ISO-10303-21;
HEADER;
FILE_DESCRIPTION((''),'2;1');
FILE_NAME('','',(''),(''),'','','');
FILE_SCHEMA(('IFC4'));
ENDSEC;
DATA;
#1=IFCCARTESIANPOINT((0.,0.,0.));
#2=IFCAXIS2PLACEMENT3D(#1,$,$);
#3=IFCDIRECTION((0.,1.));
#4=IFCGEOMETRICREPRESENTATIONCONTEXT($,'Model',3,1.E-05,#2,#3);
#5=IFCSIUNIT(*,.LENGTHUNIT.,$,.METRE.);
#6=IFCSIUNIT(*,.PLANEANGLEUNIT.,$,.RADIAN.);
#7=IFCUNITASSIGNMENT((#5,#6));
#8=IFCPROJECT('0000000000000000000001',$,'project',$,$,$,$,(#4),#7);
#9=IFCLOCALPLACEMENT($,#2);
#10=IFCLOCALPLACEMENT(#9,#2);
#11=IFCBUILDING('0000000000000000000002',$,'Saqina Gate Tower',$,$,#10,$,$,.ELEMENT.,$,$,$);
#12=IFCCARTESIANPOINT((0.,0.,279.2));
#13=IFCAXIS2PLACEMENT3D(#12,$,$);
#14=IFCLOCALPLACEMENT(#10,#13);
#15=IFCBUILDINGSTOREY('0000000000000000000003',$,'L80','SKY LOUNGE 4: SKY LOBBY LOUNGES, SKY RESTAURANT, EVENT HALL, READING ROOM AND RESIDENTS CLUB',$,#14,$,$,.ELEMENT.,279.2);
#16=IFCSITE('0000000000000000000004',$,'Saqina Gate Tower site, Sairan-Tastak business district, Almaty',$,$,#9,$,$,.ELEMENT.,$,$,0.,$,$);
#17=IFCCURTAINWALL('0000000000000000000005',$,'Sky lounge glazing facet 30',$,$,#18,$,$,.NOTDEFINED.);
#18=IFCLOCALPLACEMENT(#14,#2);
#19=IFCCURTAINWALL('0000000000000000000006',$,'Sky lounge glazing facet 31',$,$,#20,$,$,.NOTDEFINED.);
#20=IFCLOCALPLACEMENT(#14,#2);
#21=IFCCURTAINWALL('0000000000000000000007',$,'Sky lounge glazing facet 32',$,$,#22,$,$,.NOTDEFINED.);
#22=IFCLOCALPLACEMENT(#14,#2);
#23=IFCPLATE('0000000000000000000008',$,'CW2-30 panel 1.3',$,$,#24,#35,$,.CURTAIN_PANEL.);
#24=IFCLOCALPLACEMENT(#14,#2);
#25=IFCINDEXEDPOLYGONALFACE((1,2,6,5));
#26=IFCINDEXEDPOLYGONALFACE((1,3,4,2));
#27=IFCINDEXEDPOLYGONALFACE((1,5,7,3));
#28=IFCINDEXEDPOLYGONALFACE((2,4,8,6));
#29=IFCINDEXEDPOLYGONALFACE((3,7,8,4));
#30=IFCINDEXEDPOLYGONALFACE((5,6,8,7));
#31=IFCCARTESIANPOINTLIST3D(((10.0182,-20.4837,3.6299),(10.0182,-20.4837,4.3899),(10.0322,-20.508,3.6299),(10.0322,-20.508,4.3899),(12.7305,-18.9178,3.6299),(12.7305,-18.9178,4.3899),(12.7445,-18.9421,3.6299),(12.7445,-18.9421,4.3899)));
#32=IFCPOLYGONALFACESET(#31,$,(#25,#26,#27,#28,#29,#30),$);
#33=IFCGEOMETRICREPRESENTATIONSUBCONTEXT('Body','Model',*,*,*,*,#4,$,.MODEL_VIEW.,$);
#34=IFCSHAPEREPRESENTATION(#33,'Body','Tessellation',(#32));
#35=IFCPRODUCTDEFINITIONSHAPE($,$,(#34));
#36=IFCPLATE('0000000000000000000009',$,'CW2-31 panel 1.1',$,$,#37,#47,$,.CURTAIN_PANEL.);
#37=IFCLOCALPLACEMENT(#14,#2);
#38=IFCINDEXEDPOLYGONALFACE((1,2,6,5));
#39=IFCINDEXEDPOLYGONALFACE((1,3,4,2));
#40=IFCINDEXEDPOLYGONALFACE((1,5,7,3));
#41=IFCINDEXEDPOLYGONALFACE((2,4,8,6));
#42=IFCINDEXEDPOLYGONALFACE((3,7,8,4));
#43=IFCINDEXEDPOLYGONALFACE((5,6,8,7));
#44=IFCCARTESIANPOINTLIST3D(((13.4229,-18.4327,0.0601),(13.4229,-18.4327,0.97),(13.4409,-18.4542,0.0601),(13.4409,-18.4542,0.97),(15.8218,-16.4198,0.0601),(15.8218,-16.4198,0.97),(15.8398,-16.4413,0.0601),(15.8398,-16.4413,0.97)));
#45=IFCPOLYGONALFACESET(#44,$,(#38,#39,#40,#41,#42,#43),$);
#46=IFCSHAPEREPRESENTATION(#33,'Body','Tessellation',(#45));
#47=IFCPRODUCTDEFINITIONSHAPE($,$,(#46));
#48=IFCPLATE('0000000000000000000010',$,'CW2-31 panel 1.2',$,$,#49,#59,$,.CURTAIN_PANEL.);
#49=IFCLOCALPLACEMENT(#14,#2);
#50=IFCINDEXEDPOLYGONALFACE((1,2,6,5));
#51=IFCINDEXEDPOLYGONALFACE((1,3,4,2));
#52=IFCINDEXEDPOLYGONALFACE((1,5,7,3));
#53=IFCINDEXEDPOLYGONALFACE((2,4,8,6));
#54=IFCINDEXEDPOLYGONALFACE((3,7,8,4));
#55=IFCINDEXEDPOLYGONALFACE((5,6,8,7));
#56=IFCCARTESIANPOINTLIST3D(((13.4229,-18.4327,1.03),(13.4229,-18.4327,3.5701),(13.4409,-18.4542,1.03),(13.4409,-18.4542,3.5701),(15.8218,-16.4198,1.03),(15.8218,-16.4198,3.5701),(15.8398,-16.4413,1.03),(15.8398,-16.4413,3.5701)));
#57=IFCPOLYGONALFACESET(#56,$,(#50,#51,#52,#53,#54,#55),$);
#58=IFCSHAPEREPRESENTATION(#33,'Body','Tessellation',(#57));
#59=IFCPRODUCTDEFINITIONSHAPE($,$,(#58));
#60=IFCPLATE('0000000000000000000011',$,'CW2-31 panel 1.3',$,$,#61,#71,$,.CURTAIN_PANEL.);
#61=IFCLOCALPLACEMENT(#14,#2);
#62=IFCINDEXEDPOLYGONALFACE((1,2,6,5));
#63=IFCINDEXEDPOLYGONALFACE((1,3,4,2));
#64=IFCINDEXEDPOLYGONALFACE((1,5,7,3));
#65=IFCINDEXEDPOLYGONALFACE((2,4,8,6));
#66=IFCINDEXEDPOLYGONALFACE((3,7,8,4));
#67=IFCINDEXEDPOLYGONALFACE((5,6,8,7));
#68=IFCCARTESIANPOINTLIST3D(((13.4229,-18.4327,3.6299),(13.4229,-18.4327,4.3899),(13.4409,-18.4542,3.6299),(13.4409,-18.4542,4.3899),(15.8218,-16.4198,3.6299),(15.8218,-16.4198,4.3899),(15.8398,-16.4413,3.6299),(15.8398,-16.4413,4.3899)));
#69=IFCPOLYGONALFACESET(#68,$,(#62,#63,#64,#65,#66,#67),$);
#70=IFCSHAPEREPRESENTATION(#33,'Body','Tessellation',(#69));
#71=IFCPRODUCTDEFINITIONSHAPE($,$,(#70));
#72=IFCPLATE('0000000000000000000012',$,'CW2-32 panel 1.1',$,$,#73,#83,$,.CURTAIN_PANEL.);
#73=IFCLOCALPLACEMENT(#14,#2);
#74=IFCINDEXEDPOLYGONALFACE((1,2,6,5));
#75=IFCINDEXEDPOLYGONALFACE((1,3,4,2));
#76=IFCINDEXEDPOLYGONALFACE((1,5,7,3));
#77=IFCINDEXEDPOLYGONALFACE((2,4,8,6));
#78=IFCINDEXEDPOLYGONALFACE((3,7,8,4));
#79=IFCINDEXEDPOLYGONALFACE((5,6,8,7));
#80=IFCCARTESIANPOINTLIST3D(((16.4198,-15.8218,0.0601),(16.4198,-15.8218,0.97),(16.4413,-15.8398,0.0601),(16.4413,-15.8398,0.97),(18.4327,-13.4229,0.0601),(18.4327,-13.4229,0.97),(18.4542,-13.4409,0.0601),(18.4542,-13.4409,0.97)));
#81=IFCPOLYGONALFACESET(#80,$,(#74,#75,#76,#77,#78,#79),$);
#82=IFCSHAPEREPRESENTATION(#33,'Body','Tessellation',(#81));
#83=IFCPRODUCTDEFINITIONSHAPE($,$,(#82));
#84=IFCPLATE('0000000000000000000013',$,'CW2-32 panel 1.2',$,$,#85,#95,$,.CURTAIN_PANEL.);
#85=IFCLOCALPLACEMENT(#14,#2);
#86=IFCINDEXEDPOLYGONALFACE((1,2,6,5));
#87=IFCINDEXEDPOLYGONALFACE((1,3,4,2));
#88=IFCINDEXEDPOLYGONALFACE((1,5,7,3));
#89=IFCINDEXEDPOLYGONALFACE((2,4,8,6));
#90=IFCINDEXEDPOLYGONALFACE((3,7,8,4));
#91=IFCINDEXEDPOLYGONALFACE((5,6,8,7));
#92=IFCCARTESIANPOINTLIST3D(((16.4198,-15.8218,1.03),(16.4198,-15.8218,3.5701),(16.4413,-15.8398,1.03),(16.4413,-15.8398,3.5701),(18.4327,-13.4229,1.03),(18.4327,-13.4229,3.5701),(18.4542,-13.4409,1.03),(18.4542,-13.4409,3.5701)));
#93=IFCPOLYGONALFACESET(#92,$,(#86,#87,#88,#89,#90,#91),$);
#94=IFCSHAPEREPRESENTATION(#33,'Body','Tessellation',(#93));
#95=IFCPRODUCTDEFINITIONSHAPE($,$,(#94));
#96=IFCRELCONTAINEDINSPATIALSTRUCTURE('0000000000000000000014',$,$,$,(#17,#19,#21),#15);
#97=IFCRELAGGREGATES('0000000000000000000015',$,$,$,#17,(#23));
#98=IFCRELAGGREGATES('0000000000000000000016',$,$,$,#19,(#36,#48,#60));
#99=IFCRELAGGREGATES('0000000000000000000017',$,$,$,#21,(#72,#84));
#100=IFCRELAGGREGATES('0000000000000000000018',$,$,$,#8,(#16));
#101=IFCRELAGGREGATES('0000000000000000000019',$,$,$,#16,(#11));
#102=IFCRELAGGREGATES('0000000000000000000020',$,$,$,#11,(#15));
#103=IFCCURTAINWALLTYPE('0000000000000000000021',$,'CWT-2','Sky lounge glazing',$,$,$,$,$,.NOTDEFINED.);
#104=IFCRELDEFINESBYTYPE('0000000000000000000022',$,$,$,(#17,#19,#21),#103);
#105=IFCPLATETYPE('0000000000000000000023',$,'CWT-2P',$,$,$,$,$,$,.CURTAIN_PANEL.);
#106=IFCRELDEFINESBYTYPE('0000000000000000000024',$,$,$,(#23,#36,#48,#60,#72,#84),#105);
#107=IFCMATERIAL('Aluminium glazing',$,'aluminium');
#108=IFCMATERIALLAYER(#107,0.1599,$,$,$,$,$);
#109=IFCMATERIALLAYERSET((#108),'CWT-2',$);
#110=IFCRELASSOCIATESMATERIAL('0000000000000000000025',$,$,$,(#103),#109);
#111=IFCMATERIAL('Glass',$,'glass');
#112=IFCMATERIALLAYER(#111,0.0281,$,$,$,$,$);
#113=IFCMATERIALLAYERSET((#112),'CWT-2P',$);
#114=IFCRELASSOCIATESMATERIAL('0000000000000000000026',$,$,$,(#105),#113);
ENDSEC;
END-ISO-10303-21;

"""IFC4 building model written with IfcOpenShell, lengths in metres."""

from ifc_helpers import new_model, si_unit, direction, frame, origin, origin_2d, place, context, subcontext, project, spatial, rectangle, extrude, material, layer, layer_set, type_object, element, aggregate, save


model = new_model("IFC4")

# Units and contexts
model_context = context("Model", 3, precision=1e-05, world=origin(), true_north=direction((0.0, 1.0)))
body_context = subcontext(model_context, "Body", "Model", "MODEL_VIEW")
ifc_project = project(units=[si_unit("LENGTHUNIT", "METRE"), si_unit("PLANEANGLEUNIT", "RADIAN")], contexts=[model_context])

# Site, building, storey
site_placement = place(None, origin())
site = spatial("IfcSite", under=ifc_project, at=site_placement, Name="Saqina Gate Tower site, Sairan-Tastak business district, Almaty", CompositionType="ELEMENT", RefElevation=0.0)
building_placement = place(site_placement, origin())
building = spatial("IfcBuilding", under=site, at=building_placement, Name="Saqina Gate Tower", CompositionType="ELEMENT")
storey_placement = place(building_placement, frame((0.0, 0.0, 279.2)))
storey = spatial("IfcBuildingStorey", under=building, at=storey_placement, Name="L80", Description="SKY LOUNGE 4: SKY LOBBY LOUNGES, SKY RESTAURANT, EVENT HALL, READING ROOM AND RESIDENTS CLUB", CompositionType="ELEMENT", Elevation=279.2)

# Curtain wall
ifc_material_1 = material(Name="Aluminium glazing", Category="aluminium")
ifc_layer_1 = layer(ifc_material_1, 0.1599)
ifc_layer_set_1 = layer_set([ifc_layer_1], Name="CWT-2")
curtain_wall_type = type_object("IfcCurtainWallType", Name="CWT-2", Description="Sky lounge glazing", PredefinedType="NOTDEFINED", material=ifc_layer_set_1)
curtain_wall_1_placement = place(storey_placement, origin())
curtain_wall_1 = element("IfcCurtainWall", 1, at=curtain_wall_1_placement, inside=storey, type_object=curtain_wall_type, Name="Sky lounge glazing facet 30", PredefinedType="NOTDEFINED")

# Curtain wall
curtain_wall_2_placement = place(storey_placement, origin())
curtain_wall_2 = element("IfcCurtainWall", 2, at=curtain_wall_2_placement, inside=storey, type_object=curtain_wall_type, Name="Sky lounge glazing facet 31", PredefinedType="NOTDEFINED")

# Curtain wall
curtain_wall_3_placement = place(storey_placement, origin())
curtain_wall_3 = element("IfcCurtainWall", 3, at=curtain_wall_3_placement, inside=storey, type_object=curtain_wall_type, Name="Sky lounge glazing facet 32", PredefinedType="NOTDEFINED")

# Plates
ifc_material_2 = material(Name="Glass", Category="glass")
ifc_layer_2 = layer(ifc_material_2, 0.0281)
ifc_layer_set_2 = layer_set([ifc_layer_2], Name="CWT-2P")
plate_type = type_object("IfcPlateType", Name="CWT-2P", PredefinedType="CURTAIN_PANEL", material=ifc_layer_set_2)
plate_1_placement = place(storey_placement, frame((11.3813, -19.7129, 3.6299), z_axis=(0.0, 0.0, 1.0), x_axis=(0.866036, 0.499982, 0.0)))
plate_1 = element("IfcPlate", 4, at=plate_1_placement, type_object=plate_type, Name="CW2-30 panel 1.3", PredefinedType="CURTAIN_PANEL", context=body_context, shape_type="SweptSolid", body=[
    extrude(rectangle(XDim=3.1318, YDim=0.0281, at=origin_2d()), origin(), (0.0, 0.0, 1.0), 0.76),
])
aggregate(curtain_wall_1, [plate_1])
plate_2_placement = place(storey_placement, frame((14.6313, -17.437, 0.0601), z_axis=(0.0, 0.0, 1.0), x_axis=(0.766046, 0.642785, 0.0)))
plate_2 = element("IfcPlate", 5, at=plate_2_placement, type_object=plate_type, Name="CW2-31 panel 1.1", PredefinedType="CURTAIN_PANEL", context=body_context, shape_type="SweptSolid", body=[
    extrude(rectangle(XDim=3.1316, YDim=0.0281, at=origin_2d()), origin(), (0.0, 0.0, 1.0), 0.9099),
])
plate_3_placement = place(storey_placement, frame((14.6313, -17.437, 1.03), z_axis=(0.0, 0.0, 1.0), x_axis=(0.766046, 0.642785, 0.0)))
plate_3 = element("IfcPlate", 6, at=plate_3_placement, type_object=plate_type, Name="CW2-31 panel 1.2", PredefinedType="CURTAIN_PANEL", context=body_context, shape_type="SweptSolid", body=[
    extrude(rectangle(XDim=3.1316, YDim=0.0281, at=origin_2d()), origin(), (0.0, 0.0, 1.0), 2.54),
])
plate_4_placement = place(storey_placement, frame((14.6313, -17.437, 3.6299), z_axis=(0.0, 0.0, 1.0), x_axis=(0.766046, 0.642785, 0.0)))
plate_4 = element("IfcPlate", 7, at=plate_4_placement, type_object=plate_type, Name="CW2-31 panel 1.3", PredefinedType="CURTAIN_PANEL", context=body_context, shape_type="SweptSolid", body=[
    extrude(rectangle(XDim=3.1316, YDim=0.0281, at=origin_2d()), origin(), (0.0, 0.0, 1.0), 0.76),
])
aggregate(curtain_wall_2, [plate_2, plate_3, plate_4])
plate_5_placement = place(storey_placement, frame((17.437, -14.6313, 0.0601), z_axis=(0.0, 0.0, 1.0), x_axis=(0.642785, 0.766046, 0.0)))
plate_5 = element("IfcPlate", 8, at=plate_5_placement, type_object=plate_type, Name="CW2-32 panel 1.1", PredefinedType="CURTAIN_PANEL", context=body_context, shape_type="SweptSolid", body=[
    extrude(rectangle(XDim=3.1316, YDim=0.0281, at=origin_2d()), origin(), (0.0, 0.0, 1.0), 0.9099),
])
plate_6_placement = place(storey_placement, frame((17.437, -14.6313, 1.03), z_axis=(0.0, 0.0, 1.0), x_axis=(0.642785, 0.766046, 0.0)))
plate_6 = element("IfcPlate", 9, at=plate_6_placement, type_object=plate_type, Name="CW2-32 panel 1.2", PredefinedType="CURTAIN_PANEL", context=body_context, shape_type="SweptSolid", body=[
    extrude(rectangle(XDim=3.1316, YDim=0.0281, at=origin_2d()), origin(), (0.0, 0.0, 1.0), 2.54),
])
aggregate(curtain_wall_3, [plate_5, plate_6])

save(model, "model.ifc")
